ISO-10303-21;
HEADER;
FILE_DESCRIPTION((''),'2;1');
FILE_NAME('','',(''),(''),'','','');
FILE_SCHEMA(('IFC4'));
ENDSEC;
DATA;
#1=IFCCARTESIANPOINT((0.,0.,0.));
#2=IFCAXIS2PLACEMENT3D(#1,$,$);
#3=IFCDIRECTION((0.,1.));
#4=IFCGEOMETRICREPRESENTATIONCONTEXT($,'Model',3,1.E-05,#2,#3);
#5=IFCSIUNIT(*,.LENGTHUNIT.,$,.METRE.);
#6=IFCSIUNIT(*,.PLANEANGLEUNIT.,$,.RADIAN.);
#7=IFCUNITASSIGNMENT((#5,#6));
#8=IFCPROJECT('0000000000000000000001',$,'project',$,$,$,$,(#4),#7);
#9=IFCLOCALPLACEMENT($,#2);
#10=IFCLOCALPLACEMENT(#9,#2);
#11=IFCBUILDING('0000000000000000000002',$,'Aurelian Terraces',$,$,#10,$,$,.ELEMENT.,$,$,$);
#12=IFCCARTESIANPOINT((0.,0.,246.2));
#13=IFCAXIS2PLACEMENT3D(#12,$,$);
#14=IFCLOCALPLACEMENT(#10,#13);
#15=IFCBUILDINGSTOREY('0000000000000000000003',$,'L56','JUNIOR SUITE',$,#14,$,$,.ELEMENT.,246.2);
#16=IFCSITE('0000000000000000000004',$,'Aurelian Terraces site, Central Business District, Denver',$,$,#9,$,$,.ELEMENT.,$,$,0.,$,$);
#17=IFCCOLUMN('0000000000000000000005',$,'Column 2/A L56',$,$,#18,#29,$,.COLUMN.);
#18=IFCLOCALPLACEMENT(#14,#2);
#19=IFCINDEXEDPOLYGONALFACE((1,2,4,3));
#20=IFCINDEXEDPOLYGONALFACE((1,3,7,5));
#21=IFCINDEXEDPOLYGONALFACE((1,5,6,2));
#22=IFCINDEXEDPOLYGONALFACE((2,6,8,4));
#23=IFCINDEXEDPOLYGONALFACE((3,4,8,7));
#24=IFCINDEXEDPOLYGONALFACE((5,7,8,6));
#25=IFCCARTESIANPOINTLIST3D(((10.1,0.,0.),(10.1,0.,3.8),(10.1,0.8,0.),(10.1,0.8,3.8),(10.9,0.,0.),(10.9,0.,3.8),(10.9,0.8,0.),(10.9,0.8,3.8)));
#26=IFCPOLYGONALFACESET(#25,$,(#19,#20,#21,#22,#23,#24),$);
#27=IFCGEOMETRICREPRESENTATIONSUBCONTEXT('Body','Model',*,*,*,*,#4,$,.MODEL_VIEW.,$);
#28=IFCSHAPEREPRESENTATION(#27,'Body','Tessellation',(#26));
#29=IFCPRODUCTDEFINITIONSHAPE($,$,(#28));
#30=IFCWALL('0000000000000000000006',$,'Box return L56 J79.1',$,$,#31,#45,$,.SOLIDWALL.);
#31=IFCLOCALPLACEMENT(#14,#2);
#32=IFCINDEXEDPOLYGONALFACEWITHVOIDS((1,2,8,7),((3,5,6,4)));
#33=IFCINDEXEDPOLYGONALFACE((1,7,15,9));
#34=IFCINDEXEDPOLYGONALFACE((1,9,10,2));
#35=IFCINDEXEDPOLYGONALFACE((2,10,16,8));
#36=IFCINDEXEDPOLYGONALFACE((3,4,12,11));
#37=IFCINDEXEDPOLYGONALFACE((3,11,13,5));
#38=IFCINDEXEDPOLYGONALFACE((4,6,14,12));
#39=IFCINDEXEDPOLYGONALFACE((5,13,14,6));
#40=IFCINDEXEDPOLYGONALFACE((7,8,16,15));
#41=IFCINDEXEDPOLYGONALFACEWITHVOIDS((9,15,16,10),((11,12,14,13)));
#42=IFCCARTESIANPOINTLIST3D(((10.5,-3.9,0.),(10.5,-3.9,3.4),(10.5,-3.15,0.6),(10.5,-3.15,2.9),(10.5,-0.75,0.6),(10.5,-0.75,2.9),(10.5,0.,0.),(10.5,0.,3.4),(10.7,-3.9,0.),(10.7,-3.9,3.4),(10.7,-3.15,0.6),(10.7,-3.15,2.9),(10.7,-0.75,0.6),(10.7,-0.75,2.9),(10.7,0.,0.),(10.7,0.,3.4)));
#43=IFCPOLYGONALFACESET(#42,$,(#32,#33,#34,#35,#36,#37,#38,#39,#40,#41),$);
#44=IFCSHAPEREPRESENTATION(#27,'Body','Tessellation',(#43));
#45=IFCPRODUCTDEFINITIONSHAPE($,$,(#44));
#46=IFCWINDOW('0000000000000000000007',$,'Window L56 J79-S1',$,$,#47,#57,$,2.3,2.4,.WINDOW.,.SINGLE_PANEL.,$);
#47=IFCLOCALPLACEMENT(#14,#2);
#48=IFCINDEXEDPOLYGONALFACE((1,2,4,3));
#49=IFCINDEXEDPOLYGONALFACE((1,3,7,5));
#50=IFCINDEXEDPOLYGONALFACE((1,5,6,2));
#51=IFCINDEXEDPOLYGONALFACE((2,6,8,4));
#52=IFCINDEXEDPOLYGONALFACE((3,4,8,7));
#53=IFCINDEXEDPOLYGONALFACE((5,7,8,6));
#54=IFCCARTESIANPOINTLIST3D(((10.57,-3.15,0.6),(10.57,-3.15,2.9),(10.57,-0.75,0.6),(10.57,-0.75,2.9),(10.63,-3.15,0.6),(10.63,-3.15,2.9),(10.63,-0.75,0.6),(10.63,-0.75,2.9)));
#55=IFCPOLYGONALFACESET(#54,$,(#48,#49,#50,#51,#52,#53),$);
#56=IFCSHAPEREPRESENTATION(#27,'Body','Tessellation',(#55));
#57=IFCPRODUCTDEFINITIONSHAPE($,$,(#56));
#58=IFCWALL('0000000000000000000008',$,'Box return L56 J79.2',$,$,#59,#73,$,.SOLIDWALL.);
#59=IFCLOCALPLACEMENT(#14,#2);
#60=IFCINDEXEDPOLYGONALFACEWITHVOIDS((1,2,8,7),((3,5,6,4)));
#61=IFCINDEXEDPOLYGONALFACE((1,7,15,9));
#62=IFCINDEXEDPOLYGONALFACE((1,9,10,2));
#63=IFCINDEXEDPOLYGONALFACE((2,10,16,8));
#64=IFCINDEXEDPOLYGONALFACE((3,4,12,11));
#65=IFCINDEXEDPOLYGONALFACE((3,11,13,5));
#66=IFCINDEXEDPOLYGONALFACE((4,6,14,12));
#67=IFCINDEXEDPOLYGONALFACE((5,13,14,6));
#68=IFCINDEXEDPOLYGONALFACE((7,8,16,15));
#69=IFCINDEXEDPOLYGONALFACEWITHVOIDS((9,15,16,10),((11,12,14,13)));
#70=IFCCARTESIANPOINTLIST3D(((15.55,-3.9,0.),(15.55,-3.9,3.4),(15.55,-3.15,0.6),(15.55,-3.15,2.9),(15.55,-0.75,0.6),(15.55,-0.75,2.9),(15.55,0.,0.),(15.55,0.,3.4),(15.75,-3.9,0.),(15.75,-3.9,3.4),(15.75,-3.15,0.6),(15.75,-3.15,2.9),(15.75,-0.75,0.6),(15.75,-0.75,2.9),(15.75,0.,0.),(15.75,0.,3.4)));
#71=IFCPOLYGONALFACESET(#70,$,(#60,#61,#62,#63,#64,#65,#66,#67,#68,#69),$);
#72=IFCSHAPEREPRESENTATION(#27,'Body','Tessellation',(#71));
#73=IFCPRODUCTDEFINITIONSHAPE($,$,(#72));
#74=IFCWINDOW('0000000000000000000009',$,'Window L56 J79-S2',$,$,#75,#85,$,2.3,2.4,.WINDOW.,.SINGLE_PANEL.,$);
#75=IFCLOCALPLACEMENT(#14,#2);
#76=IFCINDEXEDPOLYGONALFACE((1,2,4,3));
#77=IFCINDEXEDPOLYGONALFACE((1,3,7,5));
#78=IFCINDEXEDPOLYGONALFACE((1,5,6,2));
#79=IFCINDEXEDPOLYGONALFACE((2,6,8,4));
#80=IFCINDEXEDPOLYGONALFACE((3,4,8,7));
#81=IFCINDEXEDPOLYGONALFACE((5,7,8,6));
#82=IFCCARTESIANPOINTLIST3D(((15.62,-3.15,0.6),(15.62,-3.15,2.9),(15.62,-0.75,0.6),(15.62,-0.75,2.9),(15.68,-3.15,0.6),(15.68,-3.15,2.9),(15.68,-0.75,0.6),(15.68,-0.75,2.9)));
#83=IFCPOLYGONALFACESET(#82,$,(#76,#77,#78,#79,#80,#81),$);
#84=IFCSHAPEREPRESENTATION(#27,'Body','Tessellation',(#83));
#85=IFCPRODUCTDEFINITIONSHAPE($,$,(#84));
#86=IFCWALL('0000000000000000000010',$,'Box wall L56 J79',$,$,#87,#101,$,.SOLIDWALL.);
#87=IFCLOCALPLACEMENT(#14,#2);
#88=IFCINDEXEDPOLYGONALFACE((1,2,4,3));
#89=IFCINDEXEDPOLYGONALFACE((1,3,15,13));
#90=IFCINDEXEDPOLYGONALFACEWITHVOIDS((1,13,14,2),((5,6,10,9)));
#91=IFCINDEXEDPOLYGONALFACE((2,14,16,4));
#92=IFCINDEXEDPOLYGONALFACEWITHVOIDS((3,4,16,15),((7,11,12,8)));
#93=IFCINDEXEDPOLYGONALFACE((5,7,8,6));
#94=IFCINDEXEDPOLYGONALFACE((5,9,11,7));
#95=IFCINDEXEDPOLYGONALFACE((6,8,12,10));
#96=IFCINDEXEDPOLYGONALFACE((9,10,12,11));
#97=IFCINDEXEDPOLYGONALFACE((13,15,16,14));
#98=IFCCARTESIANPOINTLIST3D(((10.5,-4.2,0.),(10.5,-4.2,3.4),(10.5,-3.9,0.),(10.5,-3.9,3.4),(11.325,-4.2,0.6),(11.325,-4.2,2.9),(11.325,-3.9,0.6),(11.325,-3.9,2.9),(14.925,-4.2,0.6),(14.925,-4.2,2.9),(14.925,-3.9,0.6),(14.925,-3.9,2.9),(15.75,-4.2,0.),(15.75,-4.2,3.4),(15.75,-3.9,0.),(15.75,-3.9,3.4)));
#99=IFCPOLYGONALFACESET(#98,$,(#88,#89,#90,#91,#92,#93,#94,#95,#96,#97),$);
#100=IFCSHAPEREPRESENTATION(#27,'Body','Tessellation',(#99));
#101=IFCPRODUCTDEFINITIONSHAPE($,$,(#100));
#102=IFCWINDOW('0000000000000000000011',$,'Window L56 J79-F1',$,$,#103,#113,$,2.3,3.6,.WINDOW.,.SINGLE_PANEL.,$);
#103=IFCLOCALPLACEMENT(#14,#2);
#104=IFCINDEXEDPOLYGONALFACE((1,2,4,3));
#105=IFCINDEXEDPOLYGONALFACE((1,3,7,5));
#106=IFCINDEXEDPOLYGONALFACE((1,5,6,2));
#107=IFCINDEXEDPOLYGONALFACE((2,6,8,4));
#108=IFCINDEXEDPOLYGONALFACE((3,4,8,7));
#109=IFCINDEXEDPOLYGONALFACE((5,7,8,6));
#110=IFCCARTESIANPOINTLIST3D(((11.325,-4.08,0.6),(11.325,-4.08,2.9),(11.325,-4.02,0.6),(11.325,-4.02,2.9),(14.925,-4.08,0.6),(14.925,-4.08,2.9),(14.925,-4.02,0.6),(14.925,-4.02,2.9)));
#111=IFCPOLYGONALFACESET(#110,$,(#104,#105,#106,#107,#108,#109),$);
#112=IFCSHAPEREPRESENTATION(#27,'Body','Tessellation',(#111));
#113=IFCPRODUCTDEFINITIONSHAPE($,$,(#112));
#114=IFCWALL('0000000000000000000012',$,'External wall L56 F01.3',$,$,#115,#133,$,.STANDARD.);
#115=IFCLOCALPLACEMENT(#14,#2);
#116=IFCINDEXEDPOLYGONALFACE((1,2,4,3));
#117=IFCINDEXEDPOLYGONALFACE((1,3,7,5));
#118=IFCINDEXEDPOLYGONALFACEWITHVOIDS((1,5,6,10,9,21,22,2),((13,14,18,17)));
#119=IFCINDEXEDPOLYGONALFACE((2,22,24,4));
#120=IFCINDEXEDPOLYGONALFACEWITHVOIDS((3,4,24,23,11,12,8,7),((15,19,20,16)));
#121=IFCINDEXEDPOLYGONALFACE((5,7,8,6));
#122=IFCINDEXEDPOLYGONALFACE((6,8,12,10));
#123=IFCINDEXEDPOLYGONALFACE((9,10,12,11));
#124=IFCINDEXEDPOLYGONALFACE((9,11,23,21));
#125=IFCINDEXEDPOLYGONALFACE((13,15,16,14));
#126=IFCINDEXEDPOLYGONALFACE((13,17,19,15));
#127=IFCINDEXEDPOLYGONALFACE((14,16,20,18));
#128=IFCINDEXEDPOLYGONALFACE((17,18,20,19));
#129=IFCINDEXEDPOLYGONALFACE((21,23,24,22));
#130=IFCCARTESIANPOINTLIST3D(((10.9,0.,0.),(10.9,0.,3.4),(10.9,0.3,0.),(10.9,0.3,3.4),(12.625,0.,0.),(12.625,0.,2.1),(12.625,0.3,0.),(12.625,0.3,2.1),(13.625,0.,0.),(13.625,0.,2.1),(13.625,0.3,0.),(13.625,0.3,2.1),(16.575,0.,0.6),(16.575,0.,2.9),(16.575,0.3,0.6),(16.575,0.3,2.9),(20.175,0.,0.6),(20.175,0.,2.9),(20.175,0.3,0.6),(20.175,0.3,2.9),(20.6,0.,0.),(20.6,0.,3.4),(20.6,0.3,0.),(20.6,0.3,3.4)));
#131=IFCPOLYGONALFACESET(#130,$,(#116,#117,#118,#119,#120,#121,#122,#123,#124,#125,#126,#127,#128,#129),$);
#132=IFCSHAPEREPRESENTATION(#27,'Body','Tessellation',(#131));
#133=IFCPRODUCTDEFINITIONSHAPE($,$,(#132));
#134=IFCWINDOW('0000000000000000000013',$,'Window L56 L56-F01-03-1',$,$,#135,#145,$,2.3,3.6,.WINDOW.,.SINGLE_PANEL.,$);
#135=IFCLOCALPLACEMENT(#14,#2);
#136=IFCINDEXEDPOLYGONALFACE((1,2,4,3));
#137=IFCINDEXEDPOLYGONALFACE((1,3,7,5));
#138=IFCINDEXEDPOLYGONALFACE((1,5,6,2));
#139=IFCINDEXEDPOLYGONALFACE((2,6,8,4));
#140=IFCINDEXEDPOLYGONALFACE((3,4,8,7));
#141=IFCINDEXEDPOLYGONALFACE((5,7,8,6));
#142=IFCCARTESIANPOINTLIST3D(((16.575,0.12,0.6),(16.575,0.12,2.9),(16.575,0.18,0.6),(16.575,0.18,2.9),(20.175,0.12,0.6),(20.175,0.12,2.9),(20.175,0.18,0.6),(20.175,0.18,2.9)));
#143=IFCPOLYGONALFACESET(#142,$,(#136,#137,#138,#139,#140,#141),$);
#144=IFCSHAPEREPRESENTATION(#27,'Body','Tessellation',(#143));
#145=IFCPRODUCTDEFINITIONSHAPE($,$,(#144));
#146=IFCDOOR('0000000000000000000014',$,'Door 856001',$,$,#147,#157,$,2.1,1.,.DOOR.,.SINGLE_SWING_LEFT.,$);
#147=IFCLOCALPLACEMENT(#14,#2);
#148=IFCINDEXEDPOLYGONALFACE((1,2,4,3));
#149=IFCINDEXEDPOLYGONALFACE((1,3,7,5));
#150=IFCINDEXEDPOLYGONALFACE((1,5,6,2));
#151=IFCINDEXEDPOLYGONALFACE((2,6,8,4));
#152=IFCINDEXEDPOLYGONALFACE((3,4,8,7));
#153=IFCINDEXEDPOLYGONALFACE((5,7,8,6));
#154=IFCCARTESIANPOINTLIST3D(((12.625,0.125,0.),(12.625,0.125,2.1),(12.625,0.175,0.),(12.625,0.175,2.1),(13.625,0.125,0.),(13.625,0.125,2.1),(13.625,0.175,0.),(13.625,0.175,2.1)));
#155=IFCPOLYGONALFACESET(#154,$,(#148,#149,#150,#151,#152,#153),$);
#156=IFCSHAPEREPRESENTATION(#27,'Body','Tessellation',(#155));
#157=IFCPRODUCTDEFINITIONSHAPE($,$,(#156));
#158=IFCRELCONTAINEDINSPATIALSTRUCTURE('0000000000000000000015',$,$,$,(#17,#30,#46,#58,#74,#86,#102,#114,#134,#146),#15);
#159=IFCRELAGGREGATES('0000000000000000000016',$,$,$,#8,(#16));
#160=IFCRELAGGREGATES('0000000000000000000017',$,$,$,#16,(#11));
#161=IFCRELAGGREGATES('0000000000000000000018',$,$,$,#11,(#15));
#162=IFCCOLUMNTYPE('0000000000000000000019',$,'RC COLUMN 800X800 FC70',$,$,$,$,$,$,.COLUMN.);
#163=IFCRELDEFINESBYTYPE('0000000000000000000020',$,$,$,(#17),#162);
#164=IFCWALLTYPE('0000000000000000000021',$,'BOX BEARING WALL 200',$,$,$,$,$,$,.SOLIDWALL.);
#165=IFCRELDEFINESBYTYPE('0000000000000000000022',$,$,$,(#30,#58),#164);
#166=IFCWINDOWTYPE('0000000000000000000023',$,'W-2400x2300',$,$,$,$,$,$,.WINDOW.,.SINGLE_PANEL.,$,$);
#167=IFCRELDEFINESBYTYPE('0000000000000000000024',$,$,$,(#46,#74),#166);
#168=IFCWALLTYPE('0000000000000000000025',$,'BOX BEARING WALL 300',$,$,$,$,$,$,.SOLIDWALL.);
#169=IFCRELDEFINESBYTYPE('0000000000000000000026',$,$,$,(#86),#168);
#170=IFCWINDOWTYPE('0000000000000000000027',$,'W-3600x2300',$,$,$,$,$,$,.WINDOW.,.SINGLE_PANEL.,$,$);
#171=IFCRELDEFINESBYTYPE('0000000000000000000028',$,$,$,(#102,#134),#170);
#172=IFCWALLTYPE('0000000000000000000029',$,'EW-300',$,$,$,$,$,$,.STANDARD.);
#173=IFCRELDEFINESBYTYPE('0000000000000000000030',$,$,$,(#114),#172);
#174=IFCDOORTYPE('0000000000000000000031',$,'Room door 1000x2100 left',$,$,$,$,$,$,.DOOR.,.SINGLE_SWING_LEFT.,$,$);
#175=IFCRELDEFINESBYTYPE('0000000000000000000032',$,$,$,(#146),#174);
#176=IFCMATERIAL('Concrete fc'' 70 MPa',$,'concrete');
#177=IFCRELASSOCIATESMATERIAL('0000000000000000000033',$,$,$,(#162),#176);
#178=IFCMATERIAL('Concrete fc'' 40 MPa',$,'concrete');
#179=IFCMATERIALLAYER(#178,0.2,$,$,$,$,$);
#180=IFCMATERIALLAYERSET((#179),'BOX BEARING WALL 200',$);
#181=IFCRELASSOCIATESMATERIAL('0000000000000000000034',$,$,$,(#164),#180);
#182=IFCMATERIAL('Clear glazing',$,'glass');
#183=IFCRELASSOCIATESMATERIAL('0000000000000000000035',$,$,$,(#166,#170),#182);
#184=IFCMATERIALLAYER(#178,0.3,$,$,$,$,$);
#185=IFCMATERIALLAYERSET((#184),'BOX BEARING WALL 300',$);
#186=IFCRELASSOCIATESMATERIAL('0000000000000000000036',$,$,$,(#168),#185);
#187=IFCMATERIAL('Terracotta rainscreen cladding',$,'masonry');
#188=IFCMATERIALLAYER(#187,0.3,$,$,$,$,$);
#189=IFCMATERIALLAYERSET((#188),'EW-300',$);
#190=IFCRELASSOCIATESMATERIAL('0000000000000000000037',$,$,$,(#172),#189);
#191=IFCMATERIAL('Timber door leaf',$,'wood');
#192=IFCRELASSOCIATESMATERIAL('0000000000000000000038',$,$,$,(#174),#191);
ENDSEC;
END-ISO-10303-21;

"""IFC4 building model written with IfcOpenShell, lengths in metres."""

from ifc_helpers import new_model, si_unit, direction, frame, frame_2d, origin, origin_2d, place, context, subcontext, project, spatial, rectangle, extrude, source, transform, mapped, material, layer, layer_set, material_profile, profile_set, type_object, element, fill, save


model = new_model("IFC4")

# Units and contexts
model_context = context("Model", 3, precision=1e-05, world=origin(), true_north=direction((0.0, 1.0)))
body_context = subcontext(model_context, "Body", "Model", "MODEL_VIEW")
ifc_project = project(units=[si_unit("LENGTHUNIT", "METRE"), si_unit("PLANEANGLEUNIT", "RADIAN")], contexts=[model_context])

# Site, building, storey
site_placement = place(None, origin())
site = spatial("IfcSite", under=ifc_project, at=site_placement, Name="Aurelian Terraces site, Central Business District, Denver", CompositionType="ELEMENT", RefElevation=0.0)
building_placement = place(site_placement, origin())
building = spatial("IfcBuilding", under=site, at=building_placement, Name="Aurelian Terraces", CompositionType="ELEMENT")
storey_placement = place(building_placement, frame((0.0, 0.0, 246.2)))
storey = spatial("IfcBuildingStorey", under=building, at=storey_placement, Name="L56", Description="JUNIOR SUITE", CompositionType="ELEMENT", Elevation=246.2)

# Column
ifc_material_1 = material(Name="Concrete fc' 70 MPa", Category="concrete")
ifc_material_profile = material_profile(ifc_material_1, rectangle(XDim=0.8, YDim=0.8, at=origin_2d()))
ifc_profile_set = profile_set([ifc_material_profile], Name="Concrete fc' 70 MPa")
column_type = type_object("IfcColumnType", Name="RC COLUMN 800X800 FC70", PredefinedType="COLUMN", material=ifc_profile_set)
shared_shape_1 = source(origin(), body_context, "Body", "SweptSolid", [
    extrude(rectangle(XDim=0.8, YDim=0.8, at=origin_2d()), origin(), (0.0, 0.0, 1.0), 3.8),
])
column_placement = place(storey_placement, frame((10.5, 0.4, 0.0), z_axis=(0.0, 0.0, 1.0), x_axis=(1.0, 0.0, 0.0)))
element("IfcColumn", 1, at=column_placement, inside=storey, type_object=column_type, Name="Column 2/A L56", PredefinedType="COLUMN", context=body_context, shape_type="MappedRepresentation", body=[
    mapped(shared_shape_1, transform((0.0, 0.0, 0.0), scale=1.0)),
])

# Walls, openings, windows
ifc_material_2 = material(Name="Concrete fc' 40 MPa", Category="concrete")
ifc_layer_1 = layer(ifc_material_2, 0.2)
ifc_layer_set_1 = layer_set([ifc_layer_1], Name="BOX BEARING WALL 200")
wall_type_1 = type_object("IfcWallType", Name="BOX BEARING WALL 200", PredefinedType="SOLIDWALL", material=ifc_layer_set_1)
shared_shape_2 = source(origin(), body_context, "Body", "SweptSolid", [
    extrude(rectangle(XDim=3.9, YDim=0.2, at=frame_2d((1.95, 0.0))), origin(), (0.0, 0.0, 1.0), 3.4),
])
wall_1_placement = place(storey_placement, frame((10.6, 0.0, 0.0), z_axis=(0.0, 0.0, 1.0), x_axis=(0.0, -1.0, 0.0)))
wall_1 = element("IfcWall", 2, at=wall_1_placement, inside=storey, type_object=wall_type_1, Name="Box return L56 J79.1", PredefinedType="SOLIDWALL", context=body_context, shape_type="MappedRepresentation", body=[
    mapped(shared_shape_2, transform((0.0, 0.0, 0.0), scale=1.0)),
])
shared_shape_3 = source(origin(), body_context, "Body", "SweptSolid", [
    extrude(rectangle(XDim=2.4, YDim=2.3, at=frame_2d((1.2, 1.15))), frame((0.0, 0.11, 0.0), z_axis=(0.0, -1.0, 0.0), x_axis=(1.0, 0.0, 0.0)), (0.0, 0.0, 1.0), 0.22),
])
opening_1_placement = place(wall_1_placement, frame((0.75, 0.0, 0.6)))
opening_1 = element("IfcOpeningElement", 3, at=opening_1_placement, cuts=wall_1, PredefinedType="OPENING", context=body_context, shape_type="MappedRepresentation", body=[
    mapped(shared_shape_3, transform((0.0, 0.0, 0.0), scale=1.0)),
])
ifc_material_3 = material(Name="Clear glazing", Category="glass")
window_type_1 = type_object("IfcWindowType", Name="W-2400x2300", PartitioningType="SINGLE_PANEL", PredefinedType="WINDOW", material=ifc_material_3)
shared_shape_4 = source(origin(), body_context, "Body", "SweptSolid", [
    extrude(rectangle(XDim=2.4, YDim=2.3, at=frame_2d((1.2, 1.15))), frame((0.0, 0.03, 0.0), z_axis=(0.0, -1.0, 0.0), x_axis=(1.0, 0.0, 0.0)), (0.0, 0.0, 1.0), 0.06),
])
window_1_placement = place(opening_1_placement, origin())
window_1 = element("IfcWindow", 4, at=window_1_placement, inside=storey, type_object=window_type_1, Name="Window L56 J79-S1", OverallHeight=2.3, OverallWidth=2.4, PartitioningType="SINGLE_PANEL", PredefinedType="WINDOW", context=body_context, shape_type="MappedRepresentation", body=[
    mapped(shared_shape_4, transform((0.0, 0.0, 0.0), scale=1.0)),
])
fill(opening_1, window_1)
wall_2_placement = place(storey_placement, frame((15.65, 0.0, 0.0), z_axis=(0.0, 0.0, 1.0), x_axis=(0.0, -1.0, 0.0)))
wall_2 = element("IfcWall", 5, at=wall_2_placement, inside=storey, type_object=wall_type_1, Name="Box return L56 J79.2", PredefinedType="SOLIDWALL", context=body_context, shape_type="MappedRepresentation", body=[
    mapped(shared_shape_2, transform((0.0, 0.0, 0.0), scale=1.0)),
])
opening_2_placement = place(wall_2_placement, frame((0.75, 0.0, 0.6)))
opening_2 = element("IfcOpeningElement", 6, at=opening_2_placement, cuts=wall_2, PredefinedType="OPENING", context=body_context, shape_type="MappedRepresentation", body=[
    mapped(shared_shape_3, transform((0.0, 0.0, 0.0), scale=1.0)),
])
window_2_placement = place(opening_2_placement, origin())
window_2 = element("IfcWindow", 7, at=window_2_placement, inside=storey, type_object=window_type_1, Name="Window L56 J79-S2", OverallHeight=2.3, OverallWidth=2.4, PartitioningType="SINGLE_PANEL", PredefinedType="WINDOW", context=body_context, shape_type="MappedRepresentation", body=[
    mapped(shared_shape_4, transform((0.0, 0.0, 0.0), scale=1.0)),
])
fill(opening_2, window_2)
ifc_layer_2 = layer(ifc_material_2, 0.3)
ifc_layer_set_2 = layer_set([ifc_layer_2], Name="BOX BEARING WALL 300")
wall_type_2 = type_object("IfcWallType", Name="BOX BEARING WALL 300", PredefinedType="SOLIDWALL", material=ifc_layer_set_2)
shared_shape_5 = source(origin(), body_context, "Body", "SweptSolid", [
    extrude(rectangle(XDim=5.25, YDim=0.3, at=frame_2d((2.625, 0.0))), origin(), (0.0, 0.0, 1.0), 3.4),
])
wall_3_placement = place(storey_placement, frame((10.5, -4.05, 0.0), z_axis=(0.0, 0.0, 1.0), x_axis=(1.0, 0.0, 0.0)))
wall_3 = element("IfcWall", 8, at=wall_3_placement, inside=storey, type_object=wall_type_2, Name="Box wall L56 J79", PredefinedType="SOLIDWALL", context=body_context, shape_type="MappedRepresentation", body=[
    mapped(shared_shape_5, transform((0.0, 0.0, 0.0), scale=1.0)),
])
shared_shape_6 = source(origin(), body_context, "Body", "SweptSolid", [
    extrude(rectangle(XDim=3.6, YDim=2.3, at=frame_2d((1.8, 1.15))), frame((0.0, 0.16, 0.0), z_axis=(0.0, -1.0, 0.0), x_axis=(1.0, 0.0, 0.0)), (0.0, 0.0, 1.0), 0.32),
])
opening_3_placement = place(wall_3_placement, frame((0.825, 0.0, 0.6)))
opening_3 = element("IfcOpeningElement", 9, at=opening_3_placement, cuts=wall_3, PredefinedType="OPENING", context=body_context, shape_type="MappedRepresentation", body=[
    mapped(shared_shape_6, transform((0.0, 0.0, 0.0), scale=1.0)),
])
window_type_2 = type_object("IfcWindowType", Name="W-3600x2300", PartitioningType="SINGLE_PANEL", PredefinedType="WINDOW", material=ifc_material_3)
shared_shape_7 = source(origin(), body_context, "Body", "SweptSolid", [
    extrude(rectangle(XDim=3.6, YDim=2.3, at=frame_2d((1.8, 1.15))), frame((0.0, 0.03, 0.0), z_axis=(0.0, -1.0, 0.0), x_axis=(1.0, 0.0, 0.0)), (0.0, 0.0, 1.0), 0.06),
])
window_3_placement = place(opening_3_placement, origin())
window_3 = element("IfcWindow", 10, at=window_3_placement, inside=storey, type_object=window_type_2, Name="Window L56 J79-F1", OverallHeight=2.3, OverallWidth=3.6, PartitioningType="SINGLE_PANEL", PredefinedType="WINDOW", context=body_context, shape_type="MappedRepresentation", body=[
    mapped(shared_shape_7, transform((0.0, 0.0, 0.0), scale=1.0)),
])
fill(opening_3, window_3)

# Wall, openings, window, door
ifc_material_4 = material(Name="Terracotta rainscreen cladding", Category="masonry")
ifc_layer_3 = layer(ifc_material_4, 0.3)
ifc_layer_set_3 = layer_set([ifc_layer_3], Name="EW-300")
wall_type_3 = type_object("IfcWallType", Name="EW-300", PredefinedType="STANDARD", material=ifc_layer_set_3)
shared_shape_8 = source(origin(), body_context, "Body", "SweptSolid", [
    extrude(rectangle(XDim=9.7, YDim=0.3, at=frame_2d((4.85, 0.0))), origin(), (0.0, 0.0, 1.0), 3.4),
])
wall_4_placement = place(storey_placement, frame((10.9, 0.15, 0.0), z_axis=(0.0, 0.0, 1.0), x_axis=(1.0, 0.0, 0.0)))
wall_4 = element("IfcWall", 11, at=wall_4_placement, inside=storey, type_object=wall_type_3, Name="External wall L56 F01.3", PredefinedType="STANDARD", context=body_context, shape_type="MappedRepresentation", body=[
    mapped(shared_shape_8, transform((0.0, 0.0, 0.0), scale=1.0)),
])
opening_4_placement = place(wall_4_placement, frame((5.675, 0.0, 0.6)))
opening_4 = element("IfcOpeningElement", 12, at=opening_4_placement, cuts=wall_4, PredefinedType="OPENING", context=body_context, shape_type="MappedRepresentation", body=[
    mapped(shared_shape_6, transform((0.0, 0.0, 0.0), scale=1.0)),
])
shared_shape_9 = source(origin(), body_context, "Body", "SweptSolid", [
    extrude(rectangle(XDim=1.0, YDim=2.1, at=frame_2d((0.5, 1.05))), frame((0.0, 0.16, 0.0), z_axis=(0.0, -1.0, 0.0), x_axis=(1.0, 0.0, 0.0)), (0.0, 0.0, 1.0), 0.32),
])
opening_5_placement = place(wall_4_placement, frame((1.725, 0.0, 0.0)))
opening_5 = element("IfcOpeningElement", 13, at=opening_5_placement, cuts=wall_4, PredefinedType="OPENING", context=body_context, shape_type="MappedRepresentation", body=[
    mapped(shared_shape_9, transform((0.0, 0.0, 0.0), scale=1.0)),
])
window_4_placement = place(opening_4_placement, origin())
window_4 = element("IfcWindow", 14, at=window_4_placement, inside=storey, type_object=window_type_2, Name="Window L56 L56-F01-03-1", OverallHeight=2.3, OverallWidth=3.6, PartitioningType="SINGLE_PANEL", PredefinedType="WINDOW", context=body_context, shape_type="MappedRepresentation", body=[
    mapped(shared_shape_7, transform((0.0, 0.0, 0.0), scale=1.0)),
])
fill(opening_4, window_4)
ifc_material_5 = material(Name="Timber door leaf", Category="wood")
door_type = type_object("IfcDoorType", Name="Room door 1000x2100 left", OperationType="SINGLE_SWING_LEFT", PredefinedType="DOOR", material=ifc_material_5)
shared_shape_10 = source(origin(), body_context, "Body", "SweptSolid", [
    extrude(rectangle(XDim=1.0, YDim=2.1, at=frame_2d((0.5, 1.05))), frame((0.0, 0.025, 0.0), z_axis=(0.0, -1.0, 0.0), x_axis=(1.0, 0.0, 0.0)), (0.0, 0.0, 1.0), 0.05),
])
door_placement = place(opening_5_placement, origin())
door = element("IfcDoor", 15, at=door_placement, inside=storey, type_object=door_type, Name="Door 856001", OperationType="SINGLE_SWING_LEFT", OverallHeight=2.1, OverallWidth=1.0, PredefinedType="DOOR", context=body_context, shape_type="MappedRepresentation", body=[
    mapped(shared_shape_10, transform((0.0, 0.0, 0.0), scale=1.0)),
])
fill(opening_5, door)

save(model, "model.ifc")
